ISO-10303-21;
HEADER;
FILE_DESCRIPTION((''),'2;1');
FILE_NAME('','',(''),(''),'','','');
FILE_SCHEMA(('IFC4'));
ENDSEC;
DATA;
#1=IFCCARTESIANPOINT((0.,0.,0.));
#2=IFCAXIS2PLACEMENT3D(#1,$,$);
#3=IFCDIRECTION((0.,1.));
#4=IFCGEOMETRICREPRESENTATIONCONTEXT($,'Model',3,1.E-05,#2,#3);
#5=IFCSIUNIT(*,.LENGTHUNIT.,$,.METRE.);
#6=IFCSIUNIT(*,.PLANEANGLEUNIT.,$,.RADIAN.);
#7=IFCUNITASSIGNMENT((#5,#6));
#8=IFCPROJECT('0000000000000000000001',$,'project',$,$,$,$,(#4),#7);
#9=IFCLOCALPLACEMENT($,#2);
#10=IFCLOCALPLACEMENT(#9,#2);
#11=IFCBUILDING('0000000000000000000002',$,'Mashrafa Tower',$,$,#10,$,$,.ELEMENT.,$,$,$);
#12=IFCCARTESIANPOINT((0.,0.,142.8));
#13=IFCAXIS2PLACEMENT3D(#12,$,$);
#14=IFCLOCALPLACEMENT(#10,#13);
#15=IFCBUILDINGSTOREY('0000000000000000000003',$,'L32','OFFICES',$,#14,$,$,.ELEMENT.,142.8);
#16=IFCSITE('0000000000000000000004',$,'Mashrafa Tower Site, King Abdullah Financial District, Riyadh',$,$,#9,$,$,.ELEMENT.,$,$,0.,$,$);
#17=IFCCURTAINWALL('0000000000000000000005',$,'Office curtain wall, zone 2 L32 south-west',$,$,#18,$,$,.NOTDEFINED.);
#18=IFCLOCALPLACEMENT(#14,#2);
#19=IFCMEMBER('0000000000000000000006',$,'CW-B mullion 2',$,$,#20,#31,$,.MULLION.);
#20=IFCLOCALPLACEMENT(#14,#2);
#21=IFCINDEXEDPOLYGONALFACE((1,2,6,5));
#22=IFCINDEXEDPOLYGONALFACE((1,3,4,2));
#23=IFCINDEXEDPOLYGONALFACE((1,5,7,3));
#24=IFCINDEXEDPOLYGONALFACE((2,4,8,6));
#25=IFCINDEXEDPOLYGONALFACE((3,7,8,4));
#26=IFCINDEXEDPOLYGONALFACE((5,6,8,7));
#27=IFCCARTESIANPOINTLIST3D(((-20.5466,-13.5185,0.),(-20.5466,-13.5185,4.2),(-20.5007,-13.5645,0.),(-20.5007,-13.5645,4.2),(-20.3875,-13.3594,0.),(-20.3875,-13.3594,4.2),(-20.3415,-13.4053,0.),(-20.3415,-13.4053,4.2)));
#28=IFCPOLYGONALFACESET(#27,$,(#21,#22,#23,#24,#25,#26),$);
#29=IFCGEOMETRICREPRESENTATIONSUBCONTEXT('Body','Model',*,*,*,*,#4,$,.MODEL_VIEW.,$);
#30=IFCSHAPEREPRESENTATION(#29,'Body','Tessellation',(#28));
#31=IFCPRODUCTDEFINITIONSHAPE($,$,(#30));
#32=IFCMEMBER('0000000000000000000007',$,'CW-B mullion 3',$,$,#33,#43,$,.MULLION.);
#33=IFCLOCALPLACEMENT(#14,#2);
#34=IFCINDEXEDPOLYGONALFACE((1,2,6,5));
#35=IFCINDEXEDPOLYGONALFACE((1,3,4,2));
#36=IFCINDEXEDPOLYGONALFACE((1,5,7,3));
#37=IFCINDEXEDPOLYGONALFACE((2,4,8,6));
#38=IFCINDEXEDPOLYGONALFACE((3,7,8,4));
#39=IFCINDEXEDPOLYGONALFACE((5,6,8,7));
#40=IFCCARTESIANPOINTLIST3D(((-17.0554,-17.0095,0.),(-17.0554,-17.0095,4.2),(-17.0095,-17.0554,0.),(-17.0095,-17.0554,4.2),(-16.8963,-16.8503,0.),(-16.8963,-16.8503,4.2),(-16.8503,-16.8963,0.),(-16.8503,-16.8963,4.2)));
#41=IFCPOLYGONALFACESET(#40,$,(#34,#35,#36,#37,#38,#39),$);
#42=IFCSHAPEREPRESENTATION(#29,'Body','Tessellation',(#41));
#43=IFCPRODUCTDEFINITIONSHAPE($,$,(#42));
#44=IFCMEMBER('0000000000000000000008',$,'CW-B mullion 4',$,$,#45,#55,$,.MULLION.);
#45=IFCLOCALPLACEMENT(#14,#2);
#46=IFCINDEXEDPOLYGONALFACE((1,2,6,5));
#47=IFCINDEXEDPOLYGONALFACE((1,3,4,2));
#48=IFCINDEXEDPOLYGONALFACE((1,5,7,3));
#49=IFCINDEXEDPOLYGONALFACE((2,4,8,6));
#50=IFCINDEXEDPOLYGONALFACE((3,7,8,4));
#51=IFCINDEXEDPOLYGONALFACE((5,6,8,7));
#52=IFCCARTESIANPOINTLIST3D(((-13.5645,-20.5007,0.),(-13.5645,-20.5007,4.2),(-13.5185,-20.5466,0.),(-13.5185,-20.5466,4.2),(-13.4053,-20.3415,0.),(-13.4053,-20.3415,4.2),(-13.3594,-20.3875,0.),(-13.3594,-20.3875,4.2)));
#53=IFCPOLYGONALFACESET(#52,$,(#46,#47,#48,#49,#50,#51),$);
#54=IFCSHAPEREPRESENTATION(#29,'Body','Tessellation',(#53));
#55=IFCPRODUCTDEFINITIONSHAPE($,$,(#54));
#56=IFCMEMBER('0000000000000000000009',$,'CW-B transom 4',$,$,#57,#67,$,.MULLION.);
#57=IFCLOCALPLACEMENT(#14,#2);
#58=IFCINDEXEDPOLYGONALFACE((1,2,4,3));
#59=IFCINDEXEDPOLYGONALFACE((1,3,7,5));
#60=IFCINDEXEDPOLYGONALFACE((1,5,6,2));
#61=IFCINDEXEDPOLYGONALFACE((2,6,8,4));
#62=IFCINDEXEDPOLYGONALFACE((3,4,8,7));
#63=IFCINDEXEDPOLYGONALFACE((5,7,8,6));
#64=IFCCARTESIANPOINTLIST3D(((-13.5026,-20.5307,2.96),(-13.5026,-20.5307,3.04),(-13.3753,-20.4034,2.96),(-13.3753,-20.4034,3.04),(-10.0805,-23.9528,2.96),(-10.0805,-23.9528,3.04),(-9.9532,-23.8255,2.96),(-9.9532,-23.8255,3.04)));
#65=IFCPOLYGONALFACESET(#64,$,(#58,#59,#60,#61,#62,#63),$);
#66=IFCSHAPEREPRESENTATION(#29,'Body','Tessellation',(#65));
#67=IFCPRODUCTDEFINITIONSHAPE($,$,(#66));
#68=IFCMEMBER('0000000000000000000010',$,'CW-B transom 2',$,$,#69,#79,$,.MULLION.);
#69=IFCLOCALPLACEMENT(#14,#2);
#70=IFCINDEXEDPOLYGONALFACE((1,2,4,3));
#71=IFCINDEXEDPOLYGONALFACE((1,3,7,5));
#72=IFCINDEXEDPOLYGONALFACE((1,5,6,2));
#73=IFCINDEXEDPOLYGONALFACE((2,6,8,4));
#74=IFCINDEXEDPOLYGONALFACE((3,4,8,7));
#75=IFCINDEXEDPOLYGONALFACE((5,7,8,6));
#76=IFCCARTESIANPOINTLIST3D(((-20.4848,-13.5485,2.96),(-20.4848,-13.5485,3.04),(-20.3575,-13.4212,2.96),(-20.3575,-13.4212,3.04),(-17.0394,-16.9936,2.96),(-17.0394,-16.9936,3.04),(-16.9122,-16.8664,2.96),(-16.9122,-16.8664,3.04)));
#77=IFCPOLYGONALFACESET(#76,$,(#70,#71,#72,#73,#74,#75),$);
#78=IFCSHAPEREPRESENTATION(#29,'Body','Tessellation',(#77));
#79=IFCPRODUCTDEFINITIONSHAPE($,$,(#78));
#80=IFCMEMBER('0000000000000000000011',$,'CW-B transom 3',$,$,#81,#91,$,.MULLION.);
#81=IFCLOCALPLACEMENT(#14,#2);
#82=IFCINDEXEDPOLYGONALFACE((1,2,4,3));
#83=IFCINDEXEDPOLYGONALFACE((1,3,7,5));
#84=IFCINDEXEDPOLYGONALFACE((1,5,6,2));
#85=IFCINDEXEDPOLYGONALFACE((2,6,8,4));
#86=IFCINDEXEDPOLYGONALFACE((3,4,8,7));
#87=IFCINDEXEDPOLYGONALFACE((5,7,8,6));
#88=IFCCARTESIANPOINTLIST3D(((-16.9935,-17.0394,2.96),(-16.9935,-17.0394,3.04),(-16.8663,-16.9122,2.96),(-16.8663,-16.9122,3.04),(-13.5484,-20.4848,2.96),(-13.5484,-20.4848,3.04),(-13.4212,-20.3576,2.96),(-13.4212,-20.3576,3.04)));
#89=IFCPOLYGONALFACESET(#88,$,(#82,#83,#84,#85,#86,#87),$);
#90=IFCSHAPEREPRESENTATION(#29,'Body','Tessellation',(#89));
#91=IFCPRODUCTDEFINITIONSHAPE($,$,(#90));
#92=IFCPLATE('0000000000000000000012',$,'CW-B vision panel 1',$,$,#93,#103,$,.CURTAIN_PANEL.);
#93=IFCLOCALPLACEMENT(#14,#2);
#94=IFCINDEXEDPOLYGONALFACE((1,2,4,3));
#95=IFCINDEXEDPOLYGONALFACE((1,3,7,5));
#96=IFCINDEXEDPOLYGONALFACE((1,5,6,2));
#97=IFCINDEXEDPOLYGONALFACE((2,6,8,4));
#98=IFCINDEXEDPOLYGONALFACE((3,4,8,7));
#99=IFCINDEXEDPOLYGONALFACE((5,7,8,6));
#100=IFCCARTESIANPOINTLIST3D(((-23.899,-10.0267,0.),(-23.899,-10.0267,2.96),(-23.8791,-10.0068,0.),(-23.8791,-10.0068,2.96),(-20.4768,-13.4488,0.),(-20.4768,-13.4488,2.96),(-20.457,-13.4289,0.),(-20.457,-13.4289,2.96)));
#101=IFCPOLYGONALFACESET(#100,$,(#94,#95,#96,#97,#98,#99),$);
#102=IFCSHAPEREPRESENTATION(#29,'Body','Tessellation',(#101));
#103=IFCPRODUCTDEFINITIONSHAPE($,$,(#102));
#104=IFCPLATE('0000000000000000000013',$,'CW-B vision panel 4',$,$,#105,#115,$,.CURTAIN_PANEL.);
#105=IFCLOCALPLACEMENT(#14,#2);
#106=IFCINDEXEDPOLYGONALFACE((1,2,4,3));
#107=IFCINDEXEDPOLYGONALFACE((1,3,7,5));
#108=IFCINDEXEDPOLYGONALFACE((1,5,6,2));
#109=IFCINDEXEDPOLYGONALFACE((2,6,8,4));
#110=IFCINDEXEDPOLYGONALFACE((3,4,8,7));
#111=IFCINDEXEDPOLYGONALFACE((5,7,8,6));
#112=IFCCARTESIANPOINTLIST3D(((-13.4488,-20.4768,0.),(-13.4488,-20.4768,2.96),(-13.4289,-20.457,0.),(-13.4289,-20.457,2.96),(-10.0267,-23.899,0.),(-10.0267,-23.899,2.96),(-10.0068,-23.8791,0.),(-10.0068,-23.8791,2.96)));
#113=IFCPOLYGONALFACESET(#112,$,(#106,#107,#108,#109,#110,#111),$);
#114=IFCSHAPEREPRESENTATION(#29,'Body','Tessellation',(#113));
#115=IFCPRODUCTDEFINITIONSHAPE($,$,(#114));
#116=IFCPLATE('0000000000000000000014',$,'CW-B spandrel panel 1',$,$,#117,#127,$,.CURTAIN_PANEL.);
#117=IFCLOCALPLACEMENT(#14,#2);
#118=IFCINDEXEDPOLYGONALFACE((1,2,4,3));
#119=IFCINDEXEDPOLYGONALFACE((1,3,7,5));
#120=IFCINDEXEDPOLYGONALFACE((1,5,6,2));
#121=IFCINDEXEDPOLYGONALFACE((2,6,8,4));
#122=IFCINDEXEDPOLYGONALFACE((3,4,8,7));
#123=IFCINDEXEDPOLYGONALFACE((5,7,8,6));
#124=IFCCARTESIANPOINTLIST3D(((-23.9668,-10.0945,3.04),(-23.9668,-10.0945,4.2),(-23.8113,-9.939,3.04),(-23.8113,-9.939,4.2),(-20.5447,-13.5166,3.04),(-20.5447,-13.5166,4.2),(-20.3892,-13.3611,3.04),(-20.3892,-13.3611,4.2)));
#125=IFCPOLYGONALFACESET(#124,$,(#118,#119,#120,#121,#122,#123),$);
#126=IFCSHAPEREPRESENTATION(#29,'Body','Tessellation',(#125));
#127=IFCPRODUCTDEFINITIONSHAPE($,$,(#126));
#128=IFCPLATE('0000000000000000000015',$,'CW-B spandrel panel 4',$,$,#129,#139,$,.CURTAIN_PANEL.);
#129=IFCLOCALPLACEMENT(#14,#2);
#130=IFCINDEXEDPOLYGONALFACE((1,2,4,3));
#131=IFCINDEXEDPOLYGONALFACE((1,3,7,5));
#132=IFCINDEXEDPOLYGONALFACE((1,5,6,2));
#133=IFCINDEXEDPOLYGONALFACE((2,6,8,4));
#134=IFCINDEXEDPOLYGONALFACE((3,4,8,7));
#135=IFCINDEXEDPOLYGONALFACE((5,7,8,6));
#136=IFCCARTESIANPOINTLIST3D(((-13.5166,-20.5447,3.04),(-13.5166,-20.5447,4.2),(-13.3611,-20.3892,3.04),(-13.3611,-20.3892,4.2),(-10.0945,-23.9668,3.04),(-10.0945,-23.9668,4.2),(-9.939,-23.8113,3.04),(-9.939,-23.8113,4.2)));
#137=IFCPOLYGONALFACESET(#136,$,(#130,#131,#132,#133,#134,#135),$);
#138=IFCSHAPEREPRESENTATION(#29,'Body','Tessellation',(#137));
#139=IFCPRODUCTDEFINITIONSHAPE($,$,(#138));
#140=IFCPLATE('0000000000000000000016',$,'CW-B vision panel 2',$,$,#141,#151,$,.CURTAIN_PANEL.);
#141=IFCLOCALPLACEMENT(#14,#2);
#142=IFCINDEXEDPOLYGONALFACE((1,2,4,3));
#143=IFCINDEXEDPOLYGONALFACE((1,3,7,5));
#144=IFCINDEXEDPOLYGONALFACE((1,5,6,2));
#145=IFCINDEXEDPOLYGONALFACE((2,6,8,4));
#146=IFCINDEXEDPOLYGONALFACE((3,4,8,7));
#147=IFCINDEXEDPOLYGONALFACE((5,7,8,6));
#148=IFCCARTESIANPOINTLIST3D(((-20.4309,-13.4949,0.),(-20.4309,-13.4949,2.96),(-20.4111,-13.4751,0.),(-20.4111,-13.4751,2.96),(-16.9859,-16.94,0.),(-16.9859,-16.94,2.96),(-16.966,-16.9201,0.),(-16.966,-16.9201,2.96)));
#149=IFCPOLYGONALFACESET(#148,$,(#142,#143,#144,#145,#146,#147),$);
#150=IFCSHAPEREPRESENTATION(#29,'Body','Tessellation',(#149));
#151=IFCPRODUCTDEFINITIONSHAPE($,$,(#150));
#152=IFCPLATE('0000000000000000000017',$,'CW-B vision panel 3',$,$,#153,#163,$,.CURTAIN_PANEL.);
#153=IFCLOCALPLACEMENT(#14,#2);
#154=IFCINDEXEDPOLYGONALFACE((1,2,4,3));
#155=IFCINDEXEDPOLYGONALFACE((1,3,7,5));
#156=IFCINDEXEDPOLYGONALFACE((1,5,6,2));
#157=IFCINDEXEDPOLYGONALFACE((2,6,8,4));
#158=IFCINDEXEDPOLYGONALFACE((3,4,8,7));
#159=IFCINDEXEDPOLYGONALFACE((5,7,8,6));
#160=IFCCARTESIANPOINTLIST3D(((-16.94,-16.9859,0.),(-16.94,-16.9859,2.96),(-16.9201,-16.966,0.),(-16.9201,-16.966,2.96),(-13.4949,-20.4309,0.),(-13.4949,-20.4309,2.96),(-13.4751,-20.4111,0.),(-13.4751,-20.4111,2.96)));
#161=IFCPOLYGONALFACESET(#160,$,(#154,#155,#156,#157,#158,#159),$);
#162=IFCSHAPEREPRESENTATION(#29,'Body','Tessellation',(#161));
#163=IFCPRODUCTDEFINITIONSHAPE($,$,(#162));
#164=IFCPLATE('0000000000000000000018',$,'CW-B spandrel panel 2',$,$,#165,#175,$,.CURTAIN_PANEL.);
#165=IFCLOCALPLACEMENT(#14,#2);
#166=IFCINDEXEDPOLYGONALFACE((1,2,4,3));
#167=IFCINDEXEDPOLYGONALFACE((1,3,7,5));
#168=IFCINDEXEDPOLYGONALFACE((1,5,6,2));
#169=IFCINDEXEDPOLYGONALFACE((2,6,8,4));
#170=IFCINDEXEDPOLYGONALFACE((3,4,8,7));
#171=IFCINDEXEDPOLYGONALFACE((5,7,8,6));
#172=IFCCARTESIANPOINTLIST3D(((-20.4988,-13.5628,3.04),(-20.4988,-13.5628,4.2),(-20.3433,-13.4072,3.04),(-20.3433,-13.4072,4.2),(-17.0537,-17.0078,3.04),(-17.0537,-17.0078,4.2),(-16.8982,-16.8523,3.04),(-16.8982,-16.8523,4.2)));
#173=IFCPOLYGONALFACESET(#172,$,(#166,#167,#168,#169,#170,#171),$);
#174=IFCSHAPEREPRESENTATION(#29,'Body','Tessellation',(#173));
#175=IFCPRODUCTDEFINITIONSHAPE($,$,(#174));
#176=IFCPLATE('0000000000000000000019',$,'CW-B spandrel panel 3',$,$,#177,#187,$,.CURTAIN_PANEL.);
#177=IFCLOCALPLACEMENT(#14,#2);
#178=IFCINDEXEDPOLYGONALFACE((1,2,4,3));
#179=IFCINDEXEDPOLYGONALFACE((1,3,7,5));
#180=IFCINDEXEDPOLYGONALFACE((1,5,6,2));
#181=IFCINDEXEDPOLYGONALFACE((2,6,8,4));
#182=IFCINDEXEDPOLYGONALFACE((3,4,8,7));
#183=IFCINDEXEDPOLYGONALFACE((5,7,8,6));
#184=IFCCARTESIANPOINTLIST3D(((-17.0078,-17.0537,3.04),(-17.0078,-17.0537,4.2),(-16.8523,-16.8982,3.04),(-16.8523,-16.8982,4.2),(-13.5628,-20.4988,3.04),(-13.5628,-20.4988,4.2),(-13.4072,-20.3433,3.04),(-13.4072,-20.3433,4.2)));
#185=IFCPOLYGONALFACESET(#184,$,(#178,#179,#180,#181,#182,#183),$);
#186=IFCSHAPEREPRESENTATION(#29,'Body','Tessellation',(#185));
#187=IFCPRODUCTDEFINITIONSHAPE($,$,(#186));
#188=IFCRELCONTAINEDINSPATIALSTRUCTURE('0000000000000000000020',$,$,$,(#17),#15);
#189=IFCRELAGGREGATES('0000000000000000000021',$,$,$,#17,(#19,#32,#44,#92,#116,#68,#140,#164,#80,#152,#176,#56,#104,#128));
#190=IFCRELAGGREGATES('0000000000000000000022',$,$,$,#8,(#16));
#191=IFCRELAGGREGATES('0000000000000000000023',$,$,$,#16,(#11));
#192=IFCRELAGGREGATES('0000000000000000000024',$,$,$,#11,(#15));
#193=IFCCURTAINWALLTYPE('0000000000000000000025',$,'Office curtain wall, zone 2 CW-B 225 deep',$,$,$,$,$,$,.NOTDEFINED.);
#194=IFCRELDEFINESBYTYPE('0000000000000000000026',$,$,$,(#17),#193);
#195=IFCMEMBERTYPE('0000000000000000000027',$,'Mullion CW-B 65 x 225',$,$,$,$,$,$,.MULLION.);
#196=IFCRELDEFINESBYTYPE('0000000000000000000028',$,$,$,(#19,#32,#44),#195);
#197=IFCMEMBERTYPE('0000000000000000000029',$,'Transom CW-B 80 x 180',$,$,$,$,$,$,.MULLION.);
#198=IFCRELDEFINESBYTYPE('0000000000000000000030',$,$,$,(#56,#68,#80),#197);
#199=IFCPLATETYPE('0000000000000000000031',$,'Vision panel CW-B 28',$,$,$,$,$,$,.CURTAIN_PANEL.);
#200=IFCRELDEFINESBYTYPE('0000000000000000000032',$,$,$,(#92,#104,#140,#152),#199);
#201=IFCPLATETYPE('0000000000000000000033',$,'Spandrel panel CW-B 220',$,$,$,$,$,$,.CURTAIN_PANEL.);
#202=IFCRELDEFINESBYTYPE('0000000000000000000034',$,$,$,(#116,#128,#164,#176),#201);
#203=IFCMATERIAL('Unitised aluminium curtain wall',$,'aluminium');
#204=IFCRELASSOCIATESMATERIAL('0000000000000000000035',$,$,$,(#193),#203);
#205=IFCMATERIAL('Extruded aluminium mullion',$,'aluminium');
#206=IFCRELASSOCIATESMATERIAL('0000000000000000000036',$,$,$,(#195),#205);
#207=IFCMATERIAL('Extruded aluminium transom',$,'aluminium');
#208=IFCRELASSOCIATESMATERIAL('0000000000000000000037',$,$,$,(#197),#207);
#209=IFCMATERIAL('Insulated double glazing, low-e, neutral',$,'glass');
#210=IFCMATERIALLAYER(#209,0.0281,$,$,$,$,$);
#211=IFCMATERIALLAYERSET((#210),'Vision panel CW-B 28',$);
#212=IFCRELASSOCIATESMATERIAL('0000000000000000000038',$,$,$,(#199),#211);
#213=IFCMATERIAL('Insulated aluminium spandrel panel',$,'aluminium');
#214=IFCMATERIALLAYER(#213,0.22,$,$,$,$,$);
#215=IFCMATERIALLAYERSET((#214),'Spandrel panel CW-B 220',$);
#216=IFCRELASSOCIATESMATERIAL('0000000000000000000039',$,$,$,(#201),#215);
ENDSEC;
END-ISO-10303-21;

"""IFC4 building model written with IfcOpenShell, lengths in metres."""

from ifc_helpers import new_model, si_unit, direction, frame, origin, origin_2d, place, context, subcontext, project, spatial, rectangle, extrude, source, transform, mapped, material, layer, layer_set, material_profile, profile_set, type_object, type_shapes, element, aggregate, save


model = new_model("IFC4")

# Units and contexts
model_context = context("Model", 3, precision=1e-05, world=origin(), true_north=direction((0.0, 1.0)))
body_context = subcontext(model_context, "Body", "Model", "MODEL_VIEW")
ifc_project = project(units=[si_unit("LENGTHUNIT", "METRE"), si_unit("PLANEANGLEUNIT", "RADIAN")], contexts=[model_context])

# Site, building, storey
site_placement = place(None, origin())
site = spatial("IfcSite", under=ifc_project, at=site_placement, Name="Mashrafa Tower Site, King Abdullah Financial District, Riyadh", CompositionType="ELEMENT", RefElevation=0.0)
building_placement = place(site_placement, origin())
building = spatial("IfcBuilding", under=site, at=building_placement, Name="Mashrafa Tower", CompositionType="ELEMENT")
storey_placement = place(building_placement, frame((0.0, 0.0, 142.8)))
storey = spatial("IfcBuildingStorey", under=building, at=storey_placement, Name="L32", Description="OFFICES", CompositionType="ELEMENT", Elevation=142.8)

# Curtain wall, members, plates
ifc_material_1 = material(Name="Unitised aluminium curtain wall", Category="aluminium")
curtain_wall_type = type_object("IfcCurtainWallType", Name="Office curtain wall, zone 2 CW-B 225 deep", PredefinedType="NOTDEFINED", material=ifc_material_1)
curtain_wall_placement = place(storey_placement, origin())
curtain_wall = element("IfcCurtainWall", 1, at=curtain_wall_placement, inside=storey, type_object=curtain_wall_type, Name="Office curtain wall, zone 2 L32 south-west", PredefinedType="NOTDEFINED")
ifc_material_2 = material(Name="Extruded aluminium mullion", Category="aluminium")
ifc_material_profile_1 = material_profile(ifc_material_2, rectangle(XDim=0.2251, YDim=0.0649, at=origin_2d()), Name="Mullion 65x225")
ifc_profile_set_1 = profile_set([ifc_material_profile_1], Name="Extruded aluminium mullion")
member_type_1 = type_object("IfcMemberType", Name="Mullion CW-B 65 x 225", PredefinedType="MULLION", material=ifc_profile_set_1)
shared_shape_1 = source(origin(), body_context, "Body", "SweptSolid", [
    extrude(rectangle(XDim=0.2251, YDim=0.0649, at=origin_2d()), origin(), (0.0, 0.0, 1.0), 4.2),
])
type_shapes(member_type_1, [shared_shape_1])
member_1_placement = place(storey_placement, frame((-20.4441, -13.4619, 0.0), z_axis=(0.0, 0.0, 1.0), x_axis=(0.707107, 0.707107, 0.0)))
member_1 = element("IfcMember", 2, at=member_1_placement, type_object=member_type_1, Name="CW-B mullion 2", PredefinedType="MULLION", context=body_context, shape_type="MappedRepresentation", body=[
    mapped(shared_shape_1, transform((0.0, 0.0, 0.0))),
])
member_2_placement = place(storey_placement, frame((-16.9529, -16.9529, 0.0), z_axis=(0.0, 0.0, 1.0), x_axis=(0.707107, 0.707107, 0.0)))
member_2 = element("IfcMember", 3, at=member_2_placement, type_object=member_type_1, Name="CW-B mullion 3", PredefinedType="MULLION", context=body_context, shape_type="MappedRepresentation", body=[
    mapped(shared_shape_1, transform((0.0, 0.0, 0.0))),
])
member_3_placement = place(storey_placement, frame((-13.4619, -20.4441, 0.0), z_axis=(0.0, 0.0, 1.0), x_axis=(0.707107, 0.707107, 0.0)))
member_3 = element("IfcMember", 4, at=member_3_placement, type_object=member_type_1, Name="CW-B mullion 4", PredefinedType="MULLION", context=body_context, shape_type="MappedRepresentation", body=[
    mapped(shared_shape_1, transform((0.0, 0.0, 0.0))),
])
ifc_material_3 = material(Name="Extruded aluminium transom", Category="aluminium")
ifc_material_profile_2 = material_profile(ifc_material_3, rectangle(XDim=0.1799, YDim=0.0801, at=origin_2d()), Name="Transom 80x180")
ifc_profile_set_2 = profile_set([ifc_material_profile_2], Name="Extruded aluminium transom")
member_type_2 = type_object("IfcMemberType", Name="Transom CW-B 80 x 180", PredefinedType="MULLION", material=ifc_profile_set_2)
shared_shape_2 = source(origin(), body_context, "Body", "SweptSolid", [
    extrude(rectangle(XDim=0.1799, YDim=0.0801, at=origin_2d()), origin(), (0.0, 0.0, 1.0), 4.8396),
])
member_4_placement = place(storey_placement, frame((-13.439, -20.467, 3.0), z_axis=(0.707107, -0.707107, 0.0), x_axis=(0.707107, 0.707107, 0.0)))
member_4 = element("IfcMember", 5, at=member_4_placement, type_object=member_type_2, Name="CW-B transom 4", PredefinedType="MULLION", context=body_context, shape_type="MappedRepresentation", body=[
    mapped(shared_shape_2, transform((0.0, 0.0, 0.0))),
])
shared_shape_3 = source(origin(), body_context, "Body", "SweptSolid", [
    extrude(rectangle(XDim=0.1799, YDim=0.0801, at=origin_2d()), origin(), (0.0, 0.0, 1.0), 4.8723),
])
type_shapes(member_type_2, [shared_shape_2, shared_shape_3])
member_5_placement = place(storey_placement, frame((-20.4211, -13.4849, 3.0), z_axis=(0.707132, -0.707082, 0.0), x_axis=(0.707082, 0.707132, 0.0)))
member_5 = element("IfcMember", 6, at=member_5_placement, type_object=member_type_2, Name="CW-B transom 2", PredefinedType="MULLION", context=body_context, shape_type="MappedRepresentation", body=[
    mapped(shared_shape_3, transform((0.0, 0.0, 0.0))),
])
member_6_placement = place(storey_placement, frame((-16.9299, -16.9758, 3.0), z_axis=(0.707082, -0.707132, 0.0), x_axis=(0.707132, 0.707082, 0.0)))
member_6 = element("IfcMember", 7, at=member_6_placement, type_object=member_type_2, Name="CW-B transom 3", PredefinedType="MULLION", context=body_context, shape_type="MappedRepresentation", body=[
    mapped(shared_shape_3, transform((0.0, 0.0, 0.0))),
])
ifc_material_4 = material(Name="Insulated double glazing, low-e, neutral", Category="glass")
ifc_layer_1 = layer(ifc_material_4, 0.0281)
ifc_layer_set_1 = layer_set([ifc_layer_1], Name="Vision panel CW-B 28")
plate_type_1 = type_object("IfcPlateType", Name="Vision panel CW-B 28", PredefinedType="CURTAIN_PANEL", material=ifc_layer_set_1)
shared_shape_4 = source(origin(), body_context, "Body", "SweptSolid", [
    extrude(rectangle(XDim=4.8396, YDim=0.0281, at=origin_2d()), origin(), (0.0, 0.0, 1.0), 2.96),
])
plate_1_placement = place(storey_placement, frame((-22.178, -11.7278, 0.0), z_axis=(0.0, 0.0, 1.0), x_axis=(0.707107, -0.707107, 0.0)))
plate_1 = element("IfcPlate", 8, at=plate_1_placement, type_object=plate_type_1, Name="CW-B vision panel 1", PredefinedType="CURTAIN_PANEL", context=body_context, shape_type="MappedRepresentation", body=[
    mapped(shared_shape_4, transform((0.0, 0.0, 0.0))),
])
plate_2_placement = place(storey_placement, frame((-11.7278, -22.178, 0.0), z_axis=(0.0, 0.0, 1.0), x_axis=(0.707107, -0.707107, 0.0)))
plate_2 = element("IfcPlate", 9, at=plate_2_placement, type_object=plate_type_1, Name="CW-B vision panel 4", PredefinedType="CURTAIN_PANEL", context=body_context, shape_type="MappedRepresentation", body=[
    mapped(shared_shape_4, transform((0.0, 0.0, 0.0))),
])
ifc_material_5 = material(Name="Insulated aluminium spandrel panel", Category="aluminium")
ifc_layer_2 = layer(ifc_material_5, 0.22)
ifc_layer_set_2 = layer_set([ifc_layer_2], Name="Spandrel panel CW-B 220")
plate_type_2 = type_object("IfcPlateType", Name="Spandrel panel CW-B 220", PredefinedType="CURTAIN_PANEL", material=ifc_layer_set_2)
shared_shape_5 = source(origin(), body_context, "Body", "SweptSolid", [
    extrude(rectangle(XDim=4.8396, YDim=0.22, at=origin_2d()), origin(), (0.0, 0.0, 1.0), 1.1599),
])
plate_3_placement = place(storey_placement, frame((-22.178, -11.7278, 3.04), z_axis=(0.0, 0.0, 1.0), x_axis=(0.707107, -0.707107, 0.0)))
plate_3 = element("IfcPlate", 10, at=plate_3_placement, type_object=plate_type_2, Name="CW-B spandrel panel 1", PredefinedType="CURTAIN_PANEL", context=body_context, shape_type="MappedRepresentation", body=[
    mapped(shared_shape_5, transform((0.0, 0.0, 0.0))),
])
plate_4_placement = place(storey_placement, frame((-11.7278, -22.178, 3.04), z_axis=(0.0, 0.0, 1.0), x_axis=(0.707107, -0.707107, 0.0)))
plate_4 = element("IfcPlate", 11, at=plate_4_placement, type_object=plate_type_2, Name="CW-B spandrel panel 4", PredefinedType="CURTAIN_PANEL", context=body_context, shape_type="MappedRepresentation", body=[
    mapped(shared_shape_5, transform((0.0, 0.0, 0.0))),
])
shared_shape_6 = source(origin(), body_context, "Body", "SweptSolid", [
    extrude(rectangle(XDim=4.8721, YDim=0.0281, at=origin_2d()), origin(), (0.0, 0.0, 1.0), 2.96),
])
type_shapes(plate_type_1, [shared_shape_4, shared_shape_6])
plate_5_placement = place(storey_placement, frame((-18.6985, -15.2075, 0.0), z_axis=(0.0, 0.0, 1.0), x_axis=(0.707107, -0.707107, 0.0)))
plate_5 = element("IfcPlate", 12, at=plate_5_placement, type_object=plate_type_1, Name="CW-B vision panel 2", PredefinedType="CURTAIN_PANEL", context=body_context, shape_type="MappedRepresentation", body=[
    mapped(shared_shape_6, transform((0.0, 0.0, 0.0))),
])
plate_6_placement = place(storey_placement, frame((-15.2075, -18.6985, 0.0), z_axis=(0.0, 0.0, 1.0), x_axis=(0.707107, -0.707107, 0.0)))
plate_6 = element("IfcPlate", 13, at=plate_6_placement, type_object=plate_type_1, Name="CW-B vision panel 3", PredefinedType="CURTAIN_PANEL", context=body_context, shape_type="MappedRepresentation", body=[
    mapped(shared_shape_6, transform((0.0, 0.0, 0.0))),
])
shared_shape_7 = source(origin(), body_context, "Body", "SweptSolid", [
    extrude(rectangle(XDim=4.8721, YDim=0.22, at=origin_2d()), origin(), (0.0, 0.0, 1.0), 1.1599),
])
type_shapes(plate_type_2, [shared_shape_5, shared_shape_7])
plate_7_placement = place(storey_placement, frame((-18.6985, -15.2075, 3.04), z_axis=(0.0, 0.0, 1.0), x_axis=(0.707107, -0.707107, 0.0)))
plate_7 = element("IfcPlate", 14, at=plate_7_placement, type_object=plate_type_2, Name="CW-B spandrel panel 2", PredefinedType="CURTAIN_PANEL", context=body_context, shape_type="MappedRepresentation", body=[
    mapped(shared_shape_7, transform((0.0, 0.0, 0.0))),
])
plate_8_placement = place(storey_placement, frame((-15.2075, -18.6985, 3.04), z_axis=(0.0, 0.0, 1.0), x_axis=(0.707107, -0.707107, 0.0)))
plate_8 = element("IfcPlate", 15, at=plate_8_placement, type_object=plate_type_2, Name="CW-B spandrel panel 3", PredefinedType="CURTAIN_PANEL", context=body_context, shape_type="MappedRepresentation", body=[
    mapped(shared_shape_7, transform((0.0, 0.0, 0.0))),
])
aggregate(curtain_wall, [member_1, member_2, member_3, plate_1, plate_3, member_5, plate_5, plate_7, member_6, plate_6, plate_8, member_4, plate_2, plate_4])

save(model, "model.ifc")
